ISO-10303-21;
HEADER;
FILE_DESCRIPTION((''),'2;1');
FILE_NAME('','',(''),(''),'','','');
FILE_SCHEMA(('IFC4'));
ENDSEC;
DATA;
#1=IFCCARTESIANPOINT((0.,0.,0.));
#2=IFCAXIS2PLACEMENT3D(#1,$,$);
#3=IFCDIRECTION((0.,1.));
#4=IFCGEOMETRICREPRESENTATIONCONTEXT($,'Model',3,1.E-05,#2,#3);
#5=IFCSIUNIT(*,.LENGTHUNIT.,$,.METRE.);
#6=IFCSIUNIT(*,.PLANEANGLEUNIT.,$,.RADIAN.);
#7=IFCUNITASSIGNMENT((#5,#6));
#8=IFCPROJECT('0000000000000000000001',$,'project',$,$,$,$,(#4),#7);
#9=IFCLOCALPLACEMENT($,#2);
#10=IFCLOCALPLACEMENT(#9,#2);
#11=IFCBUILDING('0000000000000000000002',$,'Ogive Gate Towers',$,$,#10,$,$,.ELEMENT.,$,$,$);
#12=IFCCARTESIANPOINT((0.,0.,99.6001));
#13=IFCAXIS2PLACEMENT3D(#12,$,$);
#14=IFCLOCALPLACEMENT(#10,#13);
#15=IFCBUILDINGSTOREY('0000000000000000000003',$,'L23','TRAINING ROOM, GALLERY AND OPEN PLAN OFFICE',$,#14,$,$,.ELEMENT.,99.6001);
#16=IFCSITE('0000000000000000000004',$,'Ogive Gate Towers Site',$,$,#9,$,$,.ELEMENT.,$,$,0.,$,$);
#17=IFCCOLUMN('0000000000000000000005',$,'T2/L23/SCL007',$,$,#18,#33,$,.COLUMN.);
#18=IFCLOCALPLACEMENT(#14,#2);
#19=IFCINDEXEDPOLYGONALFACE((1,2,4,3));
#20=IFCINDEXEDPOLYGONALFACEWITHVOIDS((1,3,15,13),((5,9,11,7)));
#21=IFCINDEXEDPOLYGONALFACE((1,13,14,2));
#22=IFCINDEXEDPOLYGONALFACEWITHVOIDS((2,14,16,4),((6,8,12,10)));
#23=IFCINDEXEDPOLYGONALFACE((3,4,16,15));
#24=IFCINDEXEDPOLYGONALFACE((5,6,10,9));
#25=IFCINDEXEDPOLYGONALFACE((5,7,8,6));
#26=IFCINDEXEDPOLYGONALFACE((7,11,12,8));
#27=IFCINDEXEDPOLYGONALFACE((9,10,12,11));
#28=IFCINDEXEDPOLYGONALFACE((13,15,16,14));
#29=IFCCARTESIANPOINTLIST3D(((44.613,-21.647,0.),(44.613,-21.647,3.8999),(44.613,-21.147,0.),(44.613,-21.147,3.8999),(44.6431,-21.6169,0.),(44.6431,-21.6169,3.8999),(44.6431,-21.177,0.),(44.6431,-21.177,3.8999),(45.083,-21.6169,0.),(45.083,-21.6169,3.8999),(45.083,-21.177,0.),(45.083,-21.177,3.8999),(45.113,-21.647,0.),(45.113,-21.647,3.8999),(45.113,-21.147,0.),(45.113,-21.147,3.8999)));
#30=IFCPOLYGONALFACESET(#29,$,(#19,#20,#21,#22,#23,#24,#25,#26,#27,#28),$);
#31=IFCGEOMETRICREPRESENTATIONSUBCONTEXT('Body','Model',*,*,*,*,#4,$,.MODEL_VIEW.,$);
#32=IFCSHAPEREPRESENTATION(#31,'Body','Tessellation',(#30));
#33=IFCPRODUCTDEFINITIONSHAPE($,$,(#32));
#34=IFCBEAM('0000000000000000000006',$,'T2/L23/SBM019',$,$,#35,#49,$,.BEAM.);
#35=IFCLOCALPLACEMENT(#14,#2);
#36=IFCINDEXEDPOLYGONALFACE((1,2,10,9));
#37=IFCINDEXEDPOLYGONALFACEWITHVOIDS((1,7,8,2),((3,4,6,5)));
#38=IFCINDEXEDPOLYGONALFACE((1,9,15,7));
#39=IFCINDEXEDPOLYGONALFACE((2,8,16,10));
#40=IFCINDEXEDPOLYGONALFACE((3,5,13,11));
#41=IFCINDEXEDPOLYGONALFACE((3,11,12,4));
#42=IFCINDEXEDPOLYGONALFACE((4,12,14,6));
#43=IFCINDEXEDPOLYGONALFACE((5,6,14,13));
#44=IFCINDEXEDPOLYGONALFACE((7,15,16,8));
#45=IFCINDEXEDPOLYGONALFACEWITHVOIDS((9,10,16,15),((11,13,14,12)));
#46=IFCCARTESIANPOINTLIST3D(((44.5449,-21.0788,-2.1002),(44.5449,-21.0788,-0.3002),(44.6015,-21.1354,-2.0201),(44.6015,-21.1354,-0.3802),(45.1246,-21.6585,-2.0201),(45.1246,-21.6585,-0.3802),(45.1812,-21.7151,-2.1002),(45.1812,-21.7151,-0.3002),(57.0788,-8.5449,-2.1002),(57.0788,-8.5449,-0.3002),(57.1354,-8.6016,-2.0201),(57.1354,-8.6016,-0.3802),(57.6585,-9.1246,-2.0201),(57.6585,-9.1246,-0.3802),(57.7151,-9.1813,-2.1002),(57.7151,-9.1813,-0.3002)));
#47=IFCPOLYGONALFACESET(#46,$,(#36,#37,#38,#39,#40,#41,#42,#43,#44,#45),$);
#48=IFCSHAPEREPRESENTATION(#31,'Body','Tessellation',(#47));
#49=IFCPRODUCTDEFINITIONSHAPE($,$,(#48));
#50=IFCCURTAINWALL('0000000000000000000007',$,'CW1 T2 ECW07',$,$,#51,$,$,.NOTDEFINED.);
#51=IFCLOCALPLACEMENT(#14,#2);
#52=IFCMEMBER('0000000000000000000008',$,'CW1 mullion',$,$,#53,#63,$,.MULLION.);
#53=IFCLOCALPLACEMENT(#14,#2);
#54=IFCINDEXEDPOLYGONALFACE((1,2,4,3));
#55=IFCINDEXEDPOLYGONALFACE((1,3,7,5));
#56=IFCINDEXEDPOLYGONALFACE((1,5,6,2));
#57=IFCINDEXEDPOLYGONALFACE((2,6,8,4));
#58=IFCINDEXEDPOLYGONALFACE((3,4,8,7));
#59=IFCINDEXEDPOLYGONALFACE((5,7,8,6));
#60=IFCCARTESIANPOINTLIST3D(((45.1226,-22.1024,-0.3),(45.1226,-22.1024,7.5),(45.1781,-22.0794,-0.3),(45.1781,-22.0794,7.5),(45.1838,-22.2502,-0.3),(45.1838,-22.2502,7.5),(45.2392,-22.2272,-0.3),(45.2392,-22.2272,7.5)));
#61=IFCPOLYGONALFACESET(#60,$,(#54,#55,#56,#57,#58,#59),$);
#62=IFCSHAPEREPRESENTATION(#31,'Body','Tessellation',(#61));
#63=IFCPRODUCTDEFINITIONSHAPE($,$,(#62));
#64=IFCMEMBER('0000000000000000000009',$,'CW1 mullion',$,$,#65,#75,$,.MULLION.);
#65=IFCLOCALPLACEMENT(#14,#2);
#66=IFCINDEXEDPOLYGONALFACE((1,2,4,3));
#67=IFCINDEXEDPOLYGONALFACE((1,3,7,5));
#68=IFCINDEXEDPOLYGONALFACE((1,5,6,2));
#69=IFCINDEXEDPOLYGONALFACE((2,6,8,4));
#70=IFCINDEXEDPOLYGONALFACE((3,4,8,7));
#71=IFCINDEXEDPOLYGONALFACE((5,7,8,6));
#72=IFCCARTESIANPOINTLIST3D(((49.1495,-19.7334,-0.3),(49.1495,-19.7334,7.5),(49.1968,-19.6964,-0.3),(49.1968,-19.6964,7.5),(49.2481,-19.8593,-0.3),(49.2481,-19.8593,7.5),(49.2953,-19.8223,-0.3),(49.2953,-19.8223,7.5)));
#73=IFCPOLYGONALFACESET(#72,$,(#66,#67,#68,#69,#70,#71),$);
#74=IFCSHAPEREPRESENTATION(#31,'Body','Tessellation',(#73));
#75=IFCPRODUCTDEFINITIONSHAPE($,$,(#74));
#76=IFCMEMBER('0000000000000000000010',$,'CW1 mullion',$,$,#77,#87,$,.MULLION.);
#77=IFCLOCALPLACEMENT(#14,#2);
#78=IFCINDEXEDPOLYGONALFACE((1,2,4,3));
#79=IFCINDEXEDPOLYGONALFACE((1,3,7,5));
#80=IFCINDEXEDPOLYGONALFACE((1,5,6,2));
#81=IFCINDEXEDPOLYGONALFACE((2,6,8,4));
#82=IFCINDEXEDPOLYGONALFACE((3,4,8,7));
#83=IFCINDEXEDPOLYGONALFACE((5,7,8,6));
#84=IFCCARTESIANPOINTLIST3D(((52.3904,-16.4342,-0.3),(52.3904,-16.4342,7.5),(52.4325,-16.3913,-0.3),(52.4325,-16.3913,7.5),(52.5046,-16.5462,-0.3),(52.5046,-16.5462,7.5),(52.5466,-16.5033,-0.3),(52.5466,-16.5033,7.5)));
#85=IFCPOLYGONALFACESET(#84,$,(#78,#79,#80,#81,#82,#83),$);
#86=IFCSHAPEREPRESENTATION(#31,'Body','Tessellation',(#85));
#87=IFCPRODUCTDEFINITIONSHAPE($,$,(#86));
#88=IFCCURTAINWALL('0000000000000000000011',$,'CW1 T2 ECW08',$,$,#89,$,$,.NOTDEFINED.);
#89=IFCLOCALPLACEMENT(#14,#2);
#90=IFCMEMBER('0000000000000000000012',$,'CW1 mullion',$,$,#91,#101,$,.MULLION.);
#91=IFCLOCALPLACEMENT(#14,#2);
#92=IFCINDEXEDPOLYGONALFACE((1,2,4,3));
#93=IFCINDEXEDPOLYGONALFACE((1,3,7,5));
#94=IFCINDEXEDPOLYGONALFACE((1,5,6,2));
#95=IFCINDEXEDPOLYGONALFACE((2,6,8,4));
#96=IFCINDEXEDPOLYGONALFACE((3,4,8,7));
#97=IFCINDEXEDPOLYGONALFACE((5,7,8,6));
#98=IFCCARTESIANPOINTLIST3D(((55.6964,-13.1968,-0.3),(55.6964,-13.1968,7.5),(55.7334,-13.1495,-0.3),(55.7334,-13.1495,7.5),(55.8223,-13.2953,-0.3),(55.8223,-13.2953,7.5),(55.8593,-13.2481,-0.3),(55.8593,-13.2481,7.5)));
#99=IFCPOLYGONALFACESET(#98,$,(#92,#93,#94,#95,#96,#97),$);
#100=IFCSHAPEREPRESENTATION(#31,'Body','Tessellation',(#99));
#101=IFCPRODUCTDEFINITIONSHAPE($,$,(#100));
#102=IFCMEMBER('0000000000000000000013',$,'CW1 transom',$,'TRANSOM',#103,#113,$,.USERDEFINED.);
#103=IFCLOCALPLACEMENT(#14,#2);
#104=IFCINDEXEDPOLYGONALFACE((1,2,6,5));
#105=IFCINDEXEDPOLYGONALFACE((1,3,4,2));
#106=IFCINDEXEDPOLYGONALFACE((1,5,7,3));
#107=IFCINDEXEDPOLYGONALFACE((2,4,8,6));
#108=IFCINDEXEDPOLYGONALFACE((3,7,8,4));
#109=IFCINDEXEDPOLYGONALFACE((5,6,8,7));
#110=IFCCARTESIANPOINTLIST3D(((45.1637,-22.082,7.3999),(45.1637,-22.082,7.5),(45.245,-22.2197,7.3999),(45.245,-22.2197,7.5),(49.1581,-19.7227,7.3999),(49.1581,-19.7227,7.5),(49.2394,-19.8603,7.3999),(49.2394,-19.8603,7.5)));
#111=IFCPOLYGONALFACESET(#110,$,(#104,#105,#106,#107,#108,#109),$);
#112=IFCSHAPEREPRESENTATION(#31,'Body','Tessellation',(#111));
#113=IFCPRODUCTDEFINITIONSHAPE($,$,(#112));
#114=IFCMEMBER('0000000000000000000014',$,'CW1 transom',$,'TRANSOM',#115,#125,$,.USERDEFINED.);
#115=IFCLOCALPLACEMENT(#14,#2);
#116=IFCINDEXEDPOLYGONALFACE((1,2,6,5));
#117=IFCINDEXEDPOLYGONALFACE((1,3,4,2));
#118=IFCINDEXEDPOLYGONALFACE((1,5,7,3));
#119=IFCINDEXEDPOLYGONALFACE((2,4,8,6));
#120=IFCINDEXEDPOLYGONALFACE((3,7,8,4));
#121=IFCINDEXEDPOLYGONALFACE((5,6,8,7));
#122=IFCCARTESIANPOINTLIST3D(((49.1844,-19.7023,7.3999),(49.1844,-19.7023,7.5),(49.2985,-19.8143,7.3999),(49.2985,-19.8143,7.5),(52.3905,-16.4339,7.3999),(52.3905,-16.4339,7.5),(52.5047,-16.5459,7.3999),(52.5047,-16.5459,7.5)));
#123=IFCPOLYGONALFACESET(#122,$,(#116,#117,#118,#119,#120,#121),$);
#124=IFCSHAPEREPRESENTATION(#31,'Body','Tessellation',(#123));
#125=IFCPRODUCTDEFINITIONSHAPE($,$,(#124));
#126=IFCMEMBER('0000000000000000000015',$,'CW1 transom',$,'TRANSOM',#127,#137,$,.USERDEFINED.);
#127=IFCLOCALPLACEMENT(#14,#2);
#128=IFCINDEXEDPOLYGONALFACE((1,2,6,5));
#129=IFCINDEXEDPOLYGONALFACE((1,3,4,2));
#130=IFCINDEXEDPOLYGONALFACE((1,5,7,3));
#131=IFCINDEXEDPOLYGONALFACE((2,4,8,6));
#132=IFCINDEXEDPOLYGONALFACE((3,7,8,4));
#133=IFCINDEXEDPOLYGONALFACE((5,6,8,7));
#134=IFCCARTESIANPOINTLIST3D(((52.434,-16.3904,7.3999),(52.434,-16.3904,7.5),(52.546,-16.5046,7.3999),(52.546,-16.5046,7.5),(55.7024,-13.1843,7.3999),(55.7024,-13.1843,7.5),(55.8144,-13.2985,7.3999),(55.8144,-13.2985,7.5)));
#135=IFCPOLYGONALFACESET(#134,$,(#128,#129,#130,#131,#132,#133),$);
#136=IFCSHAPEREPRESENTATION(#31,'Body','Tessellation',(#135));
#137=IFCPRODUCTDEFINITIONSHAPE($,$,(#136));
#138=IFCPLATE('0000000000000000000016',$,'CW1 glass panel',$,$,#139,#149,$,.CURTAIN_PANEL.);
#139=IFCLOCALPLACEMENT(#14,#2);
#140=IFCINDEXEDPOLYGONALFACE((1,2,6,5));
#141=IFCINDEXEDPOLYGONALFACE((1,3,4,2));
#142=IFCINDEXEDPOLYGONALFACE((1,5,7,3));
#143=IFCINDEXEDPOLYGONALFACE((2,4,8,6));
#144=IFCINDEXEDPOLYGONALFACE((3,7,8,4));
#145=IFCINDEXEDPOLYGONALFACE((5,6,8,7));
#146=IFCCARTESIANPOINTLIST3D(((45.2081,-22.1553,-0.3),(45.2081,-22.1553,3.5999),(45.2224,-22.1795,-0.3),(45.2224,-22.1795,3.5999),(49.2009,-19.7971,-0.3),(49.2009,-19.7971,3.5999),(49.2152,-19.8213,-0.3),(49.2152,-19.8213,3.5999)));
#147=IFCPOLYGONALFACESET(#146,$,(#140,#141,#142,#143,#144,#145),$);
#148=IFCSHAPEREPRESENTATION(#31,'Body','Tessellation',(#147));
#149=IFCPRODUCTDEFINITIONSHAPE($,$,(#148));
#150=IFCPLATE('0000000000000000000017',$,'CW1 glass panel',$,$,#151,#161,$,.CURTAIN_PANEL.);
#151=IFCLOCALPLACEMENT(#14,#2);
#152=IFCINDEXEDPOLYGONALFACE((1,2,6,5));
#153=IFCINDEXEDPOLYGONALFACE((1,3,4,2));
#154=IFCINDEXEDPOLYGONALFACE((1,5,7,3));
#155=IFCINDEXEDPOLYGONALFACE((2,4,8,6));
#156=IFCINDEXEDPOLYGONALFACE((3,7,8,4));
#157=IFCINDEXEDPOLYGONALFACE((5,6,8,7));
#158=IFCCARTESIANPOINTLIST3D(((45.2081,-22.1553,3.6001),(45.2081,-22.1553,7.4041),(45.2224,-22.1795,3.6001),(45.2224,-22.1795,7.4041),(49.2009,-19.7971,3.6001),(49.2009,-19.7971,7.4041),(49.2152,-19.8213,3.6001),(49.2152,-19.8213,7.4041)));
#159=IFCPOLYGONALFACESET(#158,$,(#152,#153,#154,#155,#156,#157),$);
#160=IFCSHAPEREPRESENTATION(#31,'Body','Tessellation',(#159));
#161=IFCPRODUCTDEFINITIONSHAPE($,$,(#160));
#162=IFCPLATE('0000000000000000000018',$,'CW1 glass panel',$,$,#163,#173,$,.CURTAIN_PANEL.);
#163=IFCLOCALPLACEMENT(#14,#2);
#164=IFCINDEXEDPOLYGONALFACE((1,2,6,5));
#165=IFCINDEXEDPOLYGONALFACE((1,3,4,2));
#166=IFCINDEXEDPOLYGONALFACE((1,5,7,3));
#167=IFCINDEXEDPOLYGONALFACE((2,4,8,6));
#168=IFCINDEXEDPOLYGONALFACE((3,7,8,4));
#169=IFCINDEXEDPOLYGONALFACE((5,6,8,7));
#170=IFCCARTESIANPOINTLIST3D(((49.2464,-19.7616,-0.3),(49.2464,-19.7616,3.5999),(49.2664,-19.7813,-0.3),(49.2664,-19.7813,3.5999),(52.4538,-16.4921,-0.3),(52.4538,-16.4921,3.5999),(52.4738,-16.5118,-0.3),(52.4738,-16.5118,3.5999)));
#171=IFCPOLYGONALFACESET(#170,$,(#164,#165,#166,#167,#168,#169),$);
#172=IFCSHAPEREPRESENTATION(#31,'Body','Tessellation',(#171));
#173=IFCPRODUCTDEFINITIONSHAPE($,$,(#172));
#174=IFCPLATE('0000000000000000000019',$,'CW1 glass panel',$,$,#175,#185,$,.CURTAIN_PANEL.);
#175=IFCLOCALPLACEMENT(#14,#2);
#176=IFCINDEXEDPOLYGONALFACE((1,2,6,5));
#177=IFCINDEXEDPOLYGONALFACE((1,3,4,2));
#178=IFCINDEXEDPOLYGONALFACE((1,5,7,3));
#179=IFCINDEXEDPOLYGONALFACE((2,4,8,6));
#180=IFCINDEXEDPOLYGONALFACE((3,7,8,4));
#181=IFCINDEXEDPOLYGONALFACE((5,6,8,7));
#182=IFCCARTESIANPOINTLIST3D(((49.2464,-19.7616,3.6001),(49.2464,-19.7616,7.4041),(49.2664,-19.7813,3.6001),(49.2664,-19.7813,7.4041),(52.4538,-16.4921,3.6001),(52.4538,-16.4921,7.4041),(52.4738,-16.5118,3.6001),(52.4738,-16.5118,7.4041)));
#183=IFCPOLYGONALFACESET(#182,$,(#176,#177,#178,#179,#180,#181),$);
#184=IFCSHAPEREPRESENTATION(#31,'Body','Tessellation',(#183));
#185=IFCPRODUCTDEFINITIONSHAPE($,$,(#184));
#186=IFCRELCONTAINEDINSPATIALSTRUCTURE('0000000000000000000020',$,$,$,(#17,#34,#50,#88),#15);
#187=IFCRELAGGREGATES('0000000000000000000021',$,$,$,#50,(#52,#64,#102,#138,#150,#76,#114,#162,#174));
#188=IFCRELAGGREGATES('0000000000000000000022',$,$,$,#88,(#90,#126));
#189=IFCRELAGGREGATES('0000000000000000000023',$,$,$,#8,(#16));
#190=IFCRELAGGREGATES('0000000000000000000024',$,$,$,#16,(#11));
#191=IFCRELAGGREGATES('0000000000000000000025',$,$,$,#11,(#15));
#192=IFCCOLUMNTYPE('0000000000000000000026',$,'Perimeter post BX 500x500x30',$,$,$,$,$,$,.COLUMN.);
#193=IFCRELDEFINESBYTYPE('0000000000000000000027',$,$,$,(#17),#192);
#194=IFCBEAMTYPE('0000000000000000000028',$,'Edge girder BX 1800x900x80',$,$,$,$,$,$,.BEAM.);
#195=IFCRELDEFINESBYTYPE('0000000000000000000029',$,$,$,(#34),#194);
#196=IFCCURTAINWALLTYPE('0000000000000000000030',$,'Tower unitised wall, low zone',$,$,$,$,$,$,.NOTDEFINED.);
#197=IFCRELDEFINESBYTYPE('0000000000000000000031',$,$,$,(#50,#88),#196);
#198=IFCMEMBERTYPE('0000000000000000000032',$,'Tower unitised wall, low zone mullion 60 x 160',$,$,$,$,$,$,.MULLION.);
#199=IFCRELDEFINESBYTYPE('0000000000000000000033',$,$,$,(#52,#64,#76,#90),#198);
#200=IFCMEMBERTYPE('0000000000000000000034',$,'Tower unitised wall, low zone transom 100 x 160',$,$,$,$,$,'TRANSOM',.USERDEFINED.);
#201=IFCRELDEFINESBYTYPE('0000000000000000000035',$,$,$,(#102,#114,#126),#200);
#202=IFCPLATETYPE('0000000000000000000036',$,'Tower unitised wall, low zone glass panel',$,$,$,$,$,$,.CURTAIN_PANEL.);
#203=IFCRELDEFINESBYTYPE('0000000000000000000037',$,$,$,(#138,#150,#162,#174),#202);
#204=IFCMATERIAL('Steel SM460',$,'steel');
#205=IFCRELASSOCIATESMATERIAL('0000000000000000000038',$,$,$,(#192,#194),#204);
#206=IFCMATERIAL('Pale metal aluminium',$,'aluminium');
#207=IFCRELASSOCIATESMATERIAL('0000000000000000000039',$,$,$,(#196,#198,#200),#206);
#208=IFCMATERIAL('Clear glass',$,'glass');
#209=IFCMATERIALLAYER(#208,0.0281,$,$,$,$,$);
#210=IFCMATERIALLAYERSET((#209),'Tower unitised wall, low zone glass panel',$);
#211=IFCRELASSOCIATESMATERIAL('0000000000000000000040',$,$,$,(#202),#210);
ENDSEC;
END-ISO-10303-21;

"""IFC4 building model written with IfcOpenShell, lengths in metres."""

from ifc_helpers import new_model, si_unit, direction, frame, origin, origin_2d, place, context, subcontext, project, spatial, rectangle, hollow_rectangle, extrude, material, layer, layer_set, material_profile, profile_set, type_object, element, aggregate, save


model = new_model("IFC4")

# Units and contexts
model_context = context("Model", 3, precision=1e-05, world=origin(), true_north=direction((0.0, 1.0)))
body_context = subcontext(model_context, "Body", "Model", "MODEL_VIEW")
ifc_project = project(units=[si_unit("LENGTHUNIT", "METRE"), si_unit("PLANEANGLEUNIT", "RADIAN")], contexts=[model_context])

# Site, building, storey
site_placement = place(None, origin())
site = spatial("IfcSite", under=ifc_project, at=site_placement, Name="Ogive Gate Towers Site", CompositionType="ELEMENT", RefElevation=0.0)
building_placement = place(site_placement, origin())
building = spatial("IfcBuilding", under=site, at=building_placement, Name="Ogive Gate Towers", CompositionType="ELEMENT")
storey_placement = place(building_placement, frame((0.0, 0.0, 99.6001)))
storey = spatial("IfcBuildingStorey", under=building, at=storey_placement, Name="L23", Description="TRAINING ROOM, GALLERY AND OPEN PLAN OFFICE", CompositionType="ELEMENT", Elevation=99.6001)

# Column
ifc_material_1 = material(Name="Steel SM460", Category="steel")
ifc_material_profile_1 = material_profile(ifc_material_1, hollow_rectangle(XDim=0.5, YDim=0.5, WallThickness=0.03, at=origin_2d()), Name="BX 500x500x30")
ifc_profile_set_1 = profile_set([ifc_material_profile_1], Name="Steel SM460")
column_type = type_object("IfcColumnType", Name="Perimeter post BX 500x500x30", PredefinedType="COLUMN", material=ifc_profile_set_1)
column_placement = place(storey_placement, frame((44.863, -21.397, 0.0), z_axis=(0.0, 0.0, 1.0), x_axis=(1.0, 0.0, 0.0)))
element("IfcColumn", 1, at=column_placement, inside=storey, type_object=column_type, Name="T2/L23/SCL007", PredefinedType="COLUMN", context=body_context, shape_type="SweptSolid", body=[
    extrude(hollow_rectangle(XDim=0.5, YDim=0.5, WallThickness=0.03, at=origin_2d()), origin(), (0.0, 0.0, 1.0), 3.8999),
])

# Beam
ifc_material_profile_2 = material_profile(ifc_material_1, hollow_rectangle(XDim=0.8999, YDim=1.8, WallThickness=0.0801, at=origin_2d()), Name="BX 1800x900x80")
ifc_profile_set_2 = profile_set([ifc_material_profile_2], Name="Steel SM460")
beam_type = type_object("IfcBeamType", Name="Edge girder BX 1800x900x80", PredefinedType="BEAM", material=ifc_profile_set_2)
beam_placement = place(storey_placement, frame((44.863, -21.397, -1.2002), z_axis=(0.707107, 0.707107, 0.0), x_axis=(-0.707107, 0.707107, 0.0)))
element("IfcBeam", 2, at=beam_placement, inside=storey, type_object=beam_type, Name="T2/L23/SBM019", PredefinedType="BEAM", context=body_context, shape_type="SweptSolid", body=[
    extrude(hollow_rectangle(XDim=0.8999, YDim=1.8, WallThickness=0.0801, at=origin_2d()), origin(), (0.0, 0.0, 1.0), 17.7256),
])

# Curtain wall, members
ifc_material_2 = material(Name="Pale metal aluminium", Category="aluminium")
curtain_wall_type = type_object("IfcCurtainWallType", Name="Tower unitised wall, low zone", PredefinedType="NOTDEFINED", material=ifc_material_2)
curtain_wall_1_placement = place(storey_placement, origin())
curtain_wall_1 = element("IfcCurtainWall", 3, at=curtain_wall_1_placement, inside=storey, type_object=curtain_wall_type, Name="CW1 T2 ECW07", PredefinedType="NOTDEFINED")
ifc_material_profile_3 = material_profile(ifc_material_2, rectangle(XDim=0.1599, YDim=0.0601, at=origin_2d()), Name="60 x 160 aluminium box")
ifc_profile_set_3 = profile_set([ifc_material_profile_3], Name="Pale metal aluminium")
member_type_1 = type_object("IfcMemberType", Name="Tower unitised wall, low zone mullion 60 x 160", PredefinedType="MULLION", material=ifc_profile_set_3)
member_1_placement = place(storey_placement, frame((45.1809, -22.1648, -0.3), z_axis=(0.0, 0.0, 1.0), x_axis=(0.382683, -0.92388, 0.0)))
member_1 = element("IfcMember", 4, at=member_1_placement, type_object=member_type_1, Name="CW1 mullion", PredefinedType="MULLION", context=body_context, shape_type="SweptSolid", body=[
    extrude(rectangle(XDim=0.1599, YDim=0.0601, at=origin_2d()), origin(), (0.0, 0.0, 1.0), 7.8),
])
member_2_placement = place(storey_placement, frame((49.2224, -19.7778, -0.3), z_axis=(0.0, 0.0, 1.0), x_axis=(0.616459, -0.787387, 0.0)))
member_2 = element("IfcMember", 5, at=member_2_placement, type_object=member_type_1, Name="CW1 mullion", PredefinedType="MULLION", context=body_context, shape_type="SweptSolid", body=[
    extrude(rectangle(XDim=0.1599, YDim=0.0601, at=origin_2d()), origin(), (0.0, 0.0, 1.0), 7.8),
])
member_3_placement = place(storey_placement, frame((52.4685, -16.4688, -0.3), z_axis=(0.0, 0.0, 1.0), x_axis=(0.71385, -0.700299, 0.0)))
member_3 = element("IfcMember", 6, at=member_3_placement, type_object=member_type_1, Name="CW1 mullion", PredefinedType="MULLION", context=body_context, shape_type="SweptSolid", body=[
    extrude(rectangle(XDim=0.1599, YDim=0.0601, at=origin_2d()), origin(), (0.0, 0.0, 1.0), 7.8),
])

# Curtain wall, member
curtain_wall_2_placement = place(storey_placement, origin())
curtain_wall_2 = element("IfcCurtainWall", 7, at=curtain_wall_2_placement, inside=storey, type_object=curtain_wall_type, Name="CW1 T2 ECW08", PredefinedType="NOTDEFINED")
member_4_placement = place(storey_placement, frame((55.7778, -13.2224, -0.3), z_axis=(0.0, 0.0, 1.0), x_axis=(0.787387, -0.616459, 0.0)))
member_4 = element("IfcMember", 8, at=member_4_placement, type_object=member_type_1, Name="CW1 mullion", PredefinedType="MULLION", context=body_context, shape_type="SweptSolid", body=[
    extrude(rectangle(XDim=0.1599, YDim=0.0601, at=origin_2d()), origin(), (0.0, 0.0, 1.0), 7.8),
])

# Members
ifc_material_profile_4 = material_profile(ifc_material_2, rectangle(XDim=0.1599, YDim=0.1001, at=origin_2d()), Name="100 x 160 aluminium box")
ifc_profile_set_4 = profile_set([ifc_material_profile_4], Name="Pale metal aluminium")
member_type_2 = type_object("IfcMemberType", Name="Tower unitised wall, low zone transom 100 x 160", ElementType="TRANSOM", PredefinedType="USERDEFINED", material=ifc_profile_set_4)
member_5_placement = place(storey_placement, frame((45.2043, -22.1509, 7.45), z_axis=(0.861016, 0.508579, 0.0), x_axis=(-0.508579, 0.861016, 0.0)))
member_5 = element("IfcMember", 9, at=member_5_placement, type_object=member_type_2, Name="CW1 transom", ObjectType="TRANSOM", PredefinedType="USERDEFINED", context=body_context, shape_type="SweptSolid", body=[
    extrude(rectangle(XDim=0.1599, YDim=0.1001, at=origin_2d()), origin(), (0.0, 0.0, 1.0), 4.6392),
])
member_6_placement = place(storey_placement, frame((49.2415, -19.7583, 7.45), z_axis=(0.700275, 0.713873, 0.0), x_axis=(-0.713873, 0.700275, 0.0)))
member_6 = element("IfcMember", 10, at=member_6_placement, type_object=member_type_2, Name="CW1 transom", ObjectType="TRANSOM", PredefinedType="USERDEFINED", context=body_context, shape_type="SweptSolid", body=[
    extrude(rectangle(XDim=0.1599, YDim=0.1001, at=origin_2d()), origin(), (0.0, 0.0, 1.0), 4.5784),
])
member_7_placement = place(storey_placement, frame((52.49, -16.4475, 7.45), z_axis=(0.713873, 0.700275, 0.0), x_axis=(-0.700275, 0.713873, 0.0)))
member_7 = element("IfcMember", 11, at=member_7_placement, type_object=member_type_2, Name="CW1 transom", ObjectType="TRANSOM", PredefinedType="USERDEFINED", context=body_context, shape_type="SweptSolid", body=[
    extrude(rectangle(XDim=0.1599, YDim=0.1001, at=origin_2d()), origin(), (0.0, 0.0, 1.0), 4.5784),
])

# Plates
ifc_material_3 = material(Name="Clear glass", Category="glass")
ifc_layer_1 = layer(ifc_material_3, 0.0281)
ifc_layer_set_1 = layer_set([ifc_layer_1], Name="Tower unitised wall, low zone glass panel")
plate_type = type_object("IfcPlateType", Name="Tower unitised wall, low zone glass panel", PredefinedType="CURTAIN_PANEL", material=ifc_layer_set_1)
plate_1_placement = place(storey_placement, frame((47.2117, -20.9883, -0.3), z_axis=(0.0, 0.0, 1.0), x_axis=(0.861035, 0.508546, 0.0)))
plate_1 = element("IfcPlate", 12, at=plate_1_placement, type_object=plate_type, Name="CW1 glass panel", PredefinedType="CURTAIN_PANEL", context=body_context, shape_type="SweptSolid", body=[
    extrude(rectangle(XDim=4.6372, YDim=0.0281, at=origin_2d()), origin(), (0.0, 0.0, 1.0), 3.8999),
])
plate_2_placement = place(storey_placement, frame((47.2117, -20.9883, 3.6001), z_axis=(0.0, 0.0, 1.0), x_axis=(0.861035, 0.508546, 0.0)))
plate_2 = element("IfcPlate", 13, at=plate_2_placement, type_object=plate_type, Name="CW1 glass panel", PredefinedType="CURTAIN_PANEL", context=body_context, shape_type="SweptSolid", body=[
    extrude(rectangle(XDim=4.6372, YDim=0.0281, at=origin_2d()), origin(), (0.0, 0.0, 1.0), 3.804),
])
plate_3_placement = place(storey_placement, frame((50.8601, -18.1367, -0.3), z_axis=(0.0, 0.0, 1.0), x_axis=(0.700299, 0.71385, 0.0)))
plate_3 = element("IfcPlate", 14, at=plate_3_placement, type_object=plate_type, Name="CW1 glass panel", PredefinedType="CURTAIN_PANEL", context=body_context, shape_type="SweptSolid", body=[
    extrude(rectangle(XDim=4.5801, YDim=0.0281, at=origin_2d()), origin(), (0.0, 0.0, 1.0), 3.8999),
])
plate_4_placement = place(storey_placement, frame((50.8601, -18.1367, 3.6001), z_axis=(0.0, 0.0, 1.0), x_axis=(0.700299, 0.71385, 0.0)))
plate_4 = element("IfcPlate", 15, at=plate_4_placement, type_object=plate_type, Name="CW1 glass panel", PredefinedType="CURTAIN_PANEL", context=body_context, shape_type="SweptSolid", body=[
    extrude(rectangle(XDim=4.5801, YDim=0.0281, at=origin_2d()), origin(), (0.0, 0.0, 1.0), 3.804),
])
aggregate(curtain_wall_1, [member_1, member_2, member_5, plate_1, plate_2, member_3, member_6, plate_3, plate_4])
aggregate(curtain_wall_2, [member_4, member_7])

save(model, "model.ifc")
